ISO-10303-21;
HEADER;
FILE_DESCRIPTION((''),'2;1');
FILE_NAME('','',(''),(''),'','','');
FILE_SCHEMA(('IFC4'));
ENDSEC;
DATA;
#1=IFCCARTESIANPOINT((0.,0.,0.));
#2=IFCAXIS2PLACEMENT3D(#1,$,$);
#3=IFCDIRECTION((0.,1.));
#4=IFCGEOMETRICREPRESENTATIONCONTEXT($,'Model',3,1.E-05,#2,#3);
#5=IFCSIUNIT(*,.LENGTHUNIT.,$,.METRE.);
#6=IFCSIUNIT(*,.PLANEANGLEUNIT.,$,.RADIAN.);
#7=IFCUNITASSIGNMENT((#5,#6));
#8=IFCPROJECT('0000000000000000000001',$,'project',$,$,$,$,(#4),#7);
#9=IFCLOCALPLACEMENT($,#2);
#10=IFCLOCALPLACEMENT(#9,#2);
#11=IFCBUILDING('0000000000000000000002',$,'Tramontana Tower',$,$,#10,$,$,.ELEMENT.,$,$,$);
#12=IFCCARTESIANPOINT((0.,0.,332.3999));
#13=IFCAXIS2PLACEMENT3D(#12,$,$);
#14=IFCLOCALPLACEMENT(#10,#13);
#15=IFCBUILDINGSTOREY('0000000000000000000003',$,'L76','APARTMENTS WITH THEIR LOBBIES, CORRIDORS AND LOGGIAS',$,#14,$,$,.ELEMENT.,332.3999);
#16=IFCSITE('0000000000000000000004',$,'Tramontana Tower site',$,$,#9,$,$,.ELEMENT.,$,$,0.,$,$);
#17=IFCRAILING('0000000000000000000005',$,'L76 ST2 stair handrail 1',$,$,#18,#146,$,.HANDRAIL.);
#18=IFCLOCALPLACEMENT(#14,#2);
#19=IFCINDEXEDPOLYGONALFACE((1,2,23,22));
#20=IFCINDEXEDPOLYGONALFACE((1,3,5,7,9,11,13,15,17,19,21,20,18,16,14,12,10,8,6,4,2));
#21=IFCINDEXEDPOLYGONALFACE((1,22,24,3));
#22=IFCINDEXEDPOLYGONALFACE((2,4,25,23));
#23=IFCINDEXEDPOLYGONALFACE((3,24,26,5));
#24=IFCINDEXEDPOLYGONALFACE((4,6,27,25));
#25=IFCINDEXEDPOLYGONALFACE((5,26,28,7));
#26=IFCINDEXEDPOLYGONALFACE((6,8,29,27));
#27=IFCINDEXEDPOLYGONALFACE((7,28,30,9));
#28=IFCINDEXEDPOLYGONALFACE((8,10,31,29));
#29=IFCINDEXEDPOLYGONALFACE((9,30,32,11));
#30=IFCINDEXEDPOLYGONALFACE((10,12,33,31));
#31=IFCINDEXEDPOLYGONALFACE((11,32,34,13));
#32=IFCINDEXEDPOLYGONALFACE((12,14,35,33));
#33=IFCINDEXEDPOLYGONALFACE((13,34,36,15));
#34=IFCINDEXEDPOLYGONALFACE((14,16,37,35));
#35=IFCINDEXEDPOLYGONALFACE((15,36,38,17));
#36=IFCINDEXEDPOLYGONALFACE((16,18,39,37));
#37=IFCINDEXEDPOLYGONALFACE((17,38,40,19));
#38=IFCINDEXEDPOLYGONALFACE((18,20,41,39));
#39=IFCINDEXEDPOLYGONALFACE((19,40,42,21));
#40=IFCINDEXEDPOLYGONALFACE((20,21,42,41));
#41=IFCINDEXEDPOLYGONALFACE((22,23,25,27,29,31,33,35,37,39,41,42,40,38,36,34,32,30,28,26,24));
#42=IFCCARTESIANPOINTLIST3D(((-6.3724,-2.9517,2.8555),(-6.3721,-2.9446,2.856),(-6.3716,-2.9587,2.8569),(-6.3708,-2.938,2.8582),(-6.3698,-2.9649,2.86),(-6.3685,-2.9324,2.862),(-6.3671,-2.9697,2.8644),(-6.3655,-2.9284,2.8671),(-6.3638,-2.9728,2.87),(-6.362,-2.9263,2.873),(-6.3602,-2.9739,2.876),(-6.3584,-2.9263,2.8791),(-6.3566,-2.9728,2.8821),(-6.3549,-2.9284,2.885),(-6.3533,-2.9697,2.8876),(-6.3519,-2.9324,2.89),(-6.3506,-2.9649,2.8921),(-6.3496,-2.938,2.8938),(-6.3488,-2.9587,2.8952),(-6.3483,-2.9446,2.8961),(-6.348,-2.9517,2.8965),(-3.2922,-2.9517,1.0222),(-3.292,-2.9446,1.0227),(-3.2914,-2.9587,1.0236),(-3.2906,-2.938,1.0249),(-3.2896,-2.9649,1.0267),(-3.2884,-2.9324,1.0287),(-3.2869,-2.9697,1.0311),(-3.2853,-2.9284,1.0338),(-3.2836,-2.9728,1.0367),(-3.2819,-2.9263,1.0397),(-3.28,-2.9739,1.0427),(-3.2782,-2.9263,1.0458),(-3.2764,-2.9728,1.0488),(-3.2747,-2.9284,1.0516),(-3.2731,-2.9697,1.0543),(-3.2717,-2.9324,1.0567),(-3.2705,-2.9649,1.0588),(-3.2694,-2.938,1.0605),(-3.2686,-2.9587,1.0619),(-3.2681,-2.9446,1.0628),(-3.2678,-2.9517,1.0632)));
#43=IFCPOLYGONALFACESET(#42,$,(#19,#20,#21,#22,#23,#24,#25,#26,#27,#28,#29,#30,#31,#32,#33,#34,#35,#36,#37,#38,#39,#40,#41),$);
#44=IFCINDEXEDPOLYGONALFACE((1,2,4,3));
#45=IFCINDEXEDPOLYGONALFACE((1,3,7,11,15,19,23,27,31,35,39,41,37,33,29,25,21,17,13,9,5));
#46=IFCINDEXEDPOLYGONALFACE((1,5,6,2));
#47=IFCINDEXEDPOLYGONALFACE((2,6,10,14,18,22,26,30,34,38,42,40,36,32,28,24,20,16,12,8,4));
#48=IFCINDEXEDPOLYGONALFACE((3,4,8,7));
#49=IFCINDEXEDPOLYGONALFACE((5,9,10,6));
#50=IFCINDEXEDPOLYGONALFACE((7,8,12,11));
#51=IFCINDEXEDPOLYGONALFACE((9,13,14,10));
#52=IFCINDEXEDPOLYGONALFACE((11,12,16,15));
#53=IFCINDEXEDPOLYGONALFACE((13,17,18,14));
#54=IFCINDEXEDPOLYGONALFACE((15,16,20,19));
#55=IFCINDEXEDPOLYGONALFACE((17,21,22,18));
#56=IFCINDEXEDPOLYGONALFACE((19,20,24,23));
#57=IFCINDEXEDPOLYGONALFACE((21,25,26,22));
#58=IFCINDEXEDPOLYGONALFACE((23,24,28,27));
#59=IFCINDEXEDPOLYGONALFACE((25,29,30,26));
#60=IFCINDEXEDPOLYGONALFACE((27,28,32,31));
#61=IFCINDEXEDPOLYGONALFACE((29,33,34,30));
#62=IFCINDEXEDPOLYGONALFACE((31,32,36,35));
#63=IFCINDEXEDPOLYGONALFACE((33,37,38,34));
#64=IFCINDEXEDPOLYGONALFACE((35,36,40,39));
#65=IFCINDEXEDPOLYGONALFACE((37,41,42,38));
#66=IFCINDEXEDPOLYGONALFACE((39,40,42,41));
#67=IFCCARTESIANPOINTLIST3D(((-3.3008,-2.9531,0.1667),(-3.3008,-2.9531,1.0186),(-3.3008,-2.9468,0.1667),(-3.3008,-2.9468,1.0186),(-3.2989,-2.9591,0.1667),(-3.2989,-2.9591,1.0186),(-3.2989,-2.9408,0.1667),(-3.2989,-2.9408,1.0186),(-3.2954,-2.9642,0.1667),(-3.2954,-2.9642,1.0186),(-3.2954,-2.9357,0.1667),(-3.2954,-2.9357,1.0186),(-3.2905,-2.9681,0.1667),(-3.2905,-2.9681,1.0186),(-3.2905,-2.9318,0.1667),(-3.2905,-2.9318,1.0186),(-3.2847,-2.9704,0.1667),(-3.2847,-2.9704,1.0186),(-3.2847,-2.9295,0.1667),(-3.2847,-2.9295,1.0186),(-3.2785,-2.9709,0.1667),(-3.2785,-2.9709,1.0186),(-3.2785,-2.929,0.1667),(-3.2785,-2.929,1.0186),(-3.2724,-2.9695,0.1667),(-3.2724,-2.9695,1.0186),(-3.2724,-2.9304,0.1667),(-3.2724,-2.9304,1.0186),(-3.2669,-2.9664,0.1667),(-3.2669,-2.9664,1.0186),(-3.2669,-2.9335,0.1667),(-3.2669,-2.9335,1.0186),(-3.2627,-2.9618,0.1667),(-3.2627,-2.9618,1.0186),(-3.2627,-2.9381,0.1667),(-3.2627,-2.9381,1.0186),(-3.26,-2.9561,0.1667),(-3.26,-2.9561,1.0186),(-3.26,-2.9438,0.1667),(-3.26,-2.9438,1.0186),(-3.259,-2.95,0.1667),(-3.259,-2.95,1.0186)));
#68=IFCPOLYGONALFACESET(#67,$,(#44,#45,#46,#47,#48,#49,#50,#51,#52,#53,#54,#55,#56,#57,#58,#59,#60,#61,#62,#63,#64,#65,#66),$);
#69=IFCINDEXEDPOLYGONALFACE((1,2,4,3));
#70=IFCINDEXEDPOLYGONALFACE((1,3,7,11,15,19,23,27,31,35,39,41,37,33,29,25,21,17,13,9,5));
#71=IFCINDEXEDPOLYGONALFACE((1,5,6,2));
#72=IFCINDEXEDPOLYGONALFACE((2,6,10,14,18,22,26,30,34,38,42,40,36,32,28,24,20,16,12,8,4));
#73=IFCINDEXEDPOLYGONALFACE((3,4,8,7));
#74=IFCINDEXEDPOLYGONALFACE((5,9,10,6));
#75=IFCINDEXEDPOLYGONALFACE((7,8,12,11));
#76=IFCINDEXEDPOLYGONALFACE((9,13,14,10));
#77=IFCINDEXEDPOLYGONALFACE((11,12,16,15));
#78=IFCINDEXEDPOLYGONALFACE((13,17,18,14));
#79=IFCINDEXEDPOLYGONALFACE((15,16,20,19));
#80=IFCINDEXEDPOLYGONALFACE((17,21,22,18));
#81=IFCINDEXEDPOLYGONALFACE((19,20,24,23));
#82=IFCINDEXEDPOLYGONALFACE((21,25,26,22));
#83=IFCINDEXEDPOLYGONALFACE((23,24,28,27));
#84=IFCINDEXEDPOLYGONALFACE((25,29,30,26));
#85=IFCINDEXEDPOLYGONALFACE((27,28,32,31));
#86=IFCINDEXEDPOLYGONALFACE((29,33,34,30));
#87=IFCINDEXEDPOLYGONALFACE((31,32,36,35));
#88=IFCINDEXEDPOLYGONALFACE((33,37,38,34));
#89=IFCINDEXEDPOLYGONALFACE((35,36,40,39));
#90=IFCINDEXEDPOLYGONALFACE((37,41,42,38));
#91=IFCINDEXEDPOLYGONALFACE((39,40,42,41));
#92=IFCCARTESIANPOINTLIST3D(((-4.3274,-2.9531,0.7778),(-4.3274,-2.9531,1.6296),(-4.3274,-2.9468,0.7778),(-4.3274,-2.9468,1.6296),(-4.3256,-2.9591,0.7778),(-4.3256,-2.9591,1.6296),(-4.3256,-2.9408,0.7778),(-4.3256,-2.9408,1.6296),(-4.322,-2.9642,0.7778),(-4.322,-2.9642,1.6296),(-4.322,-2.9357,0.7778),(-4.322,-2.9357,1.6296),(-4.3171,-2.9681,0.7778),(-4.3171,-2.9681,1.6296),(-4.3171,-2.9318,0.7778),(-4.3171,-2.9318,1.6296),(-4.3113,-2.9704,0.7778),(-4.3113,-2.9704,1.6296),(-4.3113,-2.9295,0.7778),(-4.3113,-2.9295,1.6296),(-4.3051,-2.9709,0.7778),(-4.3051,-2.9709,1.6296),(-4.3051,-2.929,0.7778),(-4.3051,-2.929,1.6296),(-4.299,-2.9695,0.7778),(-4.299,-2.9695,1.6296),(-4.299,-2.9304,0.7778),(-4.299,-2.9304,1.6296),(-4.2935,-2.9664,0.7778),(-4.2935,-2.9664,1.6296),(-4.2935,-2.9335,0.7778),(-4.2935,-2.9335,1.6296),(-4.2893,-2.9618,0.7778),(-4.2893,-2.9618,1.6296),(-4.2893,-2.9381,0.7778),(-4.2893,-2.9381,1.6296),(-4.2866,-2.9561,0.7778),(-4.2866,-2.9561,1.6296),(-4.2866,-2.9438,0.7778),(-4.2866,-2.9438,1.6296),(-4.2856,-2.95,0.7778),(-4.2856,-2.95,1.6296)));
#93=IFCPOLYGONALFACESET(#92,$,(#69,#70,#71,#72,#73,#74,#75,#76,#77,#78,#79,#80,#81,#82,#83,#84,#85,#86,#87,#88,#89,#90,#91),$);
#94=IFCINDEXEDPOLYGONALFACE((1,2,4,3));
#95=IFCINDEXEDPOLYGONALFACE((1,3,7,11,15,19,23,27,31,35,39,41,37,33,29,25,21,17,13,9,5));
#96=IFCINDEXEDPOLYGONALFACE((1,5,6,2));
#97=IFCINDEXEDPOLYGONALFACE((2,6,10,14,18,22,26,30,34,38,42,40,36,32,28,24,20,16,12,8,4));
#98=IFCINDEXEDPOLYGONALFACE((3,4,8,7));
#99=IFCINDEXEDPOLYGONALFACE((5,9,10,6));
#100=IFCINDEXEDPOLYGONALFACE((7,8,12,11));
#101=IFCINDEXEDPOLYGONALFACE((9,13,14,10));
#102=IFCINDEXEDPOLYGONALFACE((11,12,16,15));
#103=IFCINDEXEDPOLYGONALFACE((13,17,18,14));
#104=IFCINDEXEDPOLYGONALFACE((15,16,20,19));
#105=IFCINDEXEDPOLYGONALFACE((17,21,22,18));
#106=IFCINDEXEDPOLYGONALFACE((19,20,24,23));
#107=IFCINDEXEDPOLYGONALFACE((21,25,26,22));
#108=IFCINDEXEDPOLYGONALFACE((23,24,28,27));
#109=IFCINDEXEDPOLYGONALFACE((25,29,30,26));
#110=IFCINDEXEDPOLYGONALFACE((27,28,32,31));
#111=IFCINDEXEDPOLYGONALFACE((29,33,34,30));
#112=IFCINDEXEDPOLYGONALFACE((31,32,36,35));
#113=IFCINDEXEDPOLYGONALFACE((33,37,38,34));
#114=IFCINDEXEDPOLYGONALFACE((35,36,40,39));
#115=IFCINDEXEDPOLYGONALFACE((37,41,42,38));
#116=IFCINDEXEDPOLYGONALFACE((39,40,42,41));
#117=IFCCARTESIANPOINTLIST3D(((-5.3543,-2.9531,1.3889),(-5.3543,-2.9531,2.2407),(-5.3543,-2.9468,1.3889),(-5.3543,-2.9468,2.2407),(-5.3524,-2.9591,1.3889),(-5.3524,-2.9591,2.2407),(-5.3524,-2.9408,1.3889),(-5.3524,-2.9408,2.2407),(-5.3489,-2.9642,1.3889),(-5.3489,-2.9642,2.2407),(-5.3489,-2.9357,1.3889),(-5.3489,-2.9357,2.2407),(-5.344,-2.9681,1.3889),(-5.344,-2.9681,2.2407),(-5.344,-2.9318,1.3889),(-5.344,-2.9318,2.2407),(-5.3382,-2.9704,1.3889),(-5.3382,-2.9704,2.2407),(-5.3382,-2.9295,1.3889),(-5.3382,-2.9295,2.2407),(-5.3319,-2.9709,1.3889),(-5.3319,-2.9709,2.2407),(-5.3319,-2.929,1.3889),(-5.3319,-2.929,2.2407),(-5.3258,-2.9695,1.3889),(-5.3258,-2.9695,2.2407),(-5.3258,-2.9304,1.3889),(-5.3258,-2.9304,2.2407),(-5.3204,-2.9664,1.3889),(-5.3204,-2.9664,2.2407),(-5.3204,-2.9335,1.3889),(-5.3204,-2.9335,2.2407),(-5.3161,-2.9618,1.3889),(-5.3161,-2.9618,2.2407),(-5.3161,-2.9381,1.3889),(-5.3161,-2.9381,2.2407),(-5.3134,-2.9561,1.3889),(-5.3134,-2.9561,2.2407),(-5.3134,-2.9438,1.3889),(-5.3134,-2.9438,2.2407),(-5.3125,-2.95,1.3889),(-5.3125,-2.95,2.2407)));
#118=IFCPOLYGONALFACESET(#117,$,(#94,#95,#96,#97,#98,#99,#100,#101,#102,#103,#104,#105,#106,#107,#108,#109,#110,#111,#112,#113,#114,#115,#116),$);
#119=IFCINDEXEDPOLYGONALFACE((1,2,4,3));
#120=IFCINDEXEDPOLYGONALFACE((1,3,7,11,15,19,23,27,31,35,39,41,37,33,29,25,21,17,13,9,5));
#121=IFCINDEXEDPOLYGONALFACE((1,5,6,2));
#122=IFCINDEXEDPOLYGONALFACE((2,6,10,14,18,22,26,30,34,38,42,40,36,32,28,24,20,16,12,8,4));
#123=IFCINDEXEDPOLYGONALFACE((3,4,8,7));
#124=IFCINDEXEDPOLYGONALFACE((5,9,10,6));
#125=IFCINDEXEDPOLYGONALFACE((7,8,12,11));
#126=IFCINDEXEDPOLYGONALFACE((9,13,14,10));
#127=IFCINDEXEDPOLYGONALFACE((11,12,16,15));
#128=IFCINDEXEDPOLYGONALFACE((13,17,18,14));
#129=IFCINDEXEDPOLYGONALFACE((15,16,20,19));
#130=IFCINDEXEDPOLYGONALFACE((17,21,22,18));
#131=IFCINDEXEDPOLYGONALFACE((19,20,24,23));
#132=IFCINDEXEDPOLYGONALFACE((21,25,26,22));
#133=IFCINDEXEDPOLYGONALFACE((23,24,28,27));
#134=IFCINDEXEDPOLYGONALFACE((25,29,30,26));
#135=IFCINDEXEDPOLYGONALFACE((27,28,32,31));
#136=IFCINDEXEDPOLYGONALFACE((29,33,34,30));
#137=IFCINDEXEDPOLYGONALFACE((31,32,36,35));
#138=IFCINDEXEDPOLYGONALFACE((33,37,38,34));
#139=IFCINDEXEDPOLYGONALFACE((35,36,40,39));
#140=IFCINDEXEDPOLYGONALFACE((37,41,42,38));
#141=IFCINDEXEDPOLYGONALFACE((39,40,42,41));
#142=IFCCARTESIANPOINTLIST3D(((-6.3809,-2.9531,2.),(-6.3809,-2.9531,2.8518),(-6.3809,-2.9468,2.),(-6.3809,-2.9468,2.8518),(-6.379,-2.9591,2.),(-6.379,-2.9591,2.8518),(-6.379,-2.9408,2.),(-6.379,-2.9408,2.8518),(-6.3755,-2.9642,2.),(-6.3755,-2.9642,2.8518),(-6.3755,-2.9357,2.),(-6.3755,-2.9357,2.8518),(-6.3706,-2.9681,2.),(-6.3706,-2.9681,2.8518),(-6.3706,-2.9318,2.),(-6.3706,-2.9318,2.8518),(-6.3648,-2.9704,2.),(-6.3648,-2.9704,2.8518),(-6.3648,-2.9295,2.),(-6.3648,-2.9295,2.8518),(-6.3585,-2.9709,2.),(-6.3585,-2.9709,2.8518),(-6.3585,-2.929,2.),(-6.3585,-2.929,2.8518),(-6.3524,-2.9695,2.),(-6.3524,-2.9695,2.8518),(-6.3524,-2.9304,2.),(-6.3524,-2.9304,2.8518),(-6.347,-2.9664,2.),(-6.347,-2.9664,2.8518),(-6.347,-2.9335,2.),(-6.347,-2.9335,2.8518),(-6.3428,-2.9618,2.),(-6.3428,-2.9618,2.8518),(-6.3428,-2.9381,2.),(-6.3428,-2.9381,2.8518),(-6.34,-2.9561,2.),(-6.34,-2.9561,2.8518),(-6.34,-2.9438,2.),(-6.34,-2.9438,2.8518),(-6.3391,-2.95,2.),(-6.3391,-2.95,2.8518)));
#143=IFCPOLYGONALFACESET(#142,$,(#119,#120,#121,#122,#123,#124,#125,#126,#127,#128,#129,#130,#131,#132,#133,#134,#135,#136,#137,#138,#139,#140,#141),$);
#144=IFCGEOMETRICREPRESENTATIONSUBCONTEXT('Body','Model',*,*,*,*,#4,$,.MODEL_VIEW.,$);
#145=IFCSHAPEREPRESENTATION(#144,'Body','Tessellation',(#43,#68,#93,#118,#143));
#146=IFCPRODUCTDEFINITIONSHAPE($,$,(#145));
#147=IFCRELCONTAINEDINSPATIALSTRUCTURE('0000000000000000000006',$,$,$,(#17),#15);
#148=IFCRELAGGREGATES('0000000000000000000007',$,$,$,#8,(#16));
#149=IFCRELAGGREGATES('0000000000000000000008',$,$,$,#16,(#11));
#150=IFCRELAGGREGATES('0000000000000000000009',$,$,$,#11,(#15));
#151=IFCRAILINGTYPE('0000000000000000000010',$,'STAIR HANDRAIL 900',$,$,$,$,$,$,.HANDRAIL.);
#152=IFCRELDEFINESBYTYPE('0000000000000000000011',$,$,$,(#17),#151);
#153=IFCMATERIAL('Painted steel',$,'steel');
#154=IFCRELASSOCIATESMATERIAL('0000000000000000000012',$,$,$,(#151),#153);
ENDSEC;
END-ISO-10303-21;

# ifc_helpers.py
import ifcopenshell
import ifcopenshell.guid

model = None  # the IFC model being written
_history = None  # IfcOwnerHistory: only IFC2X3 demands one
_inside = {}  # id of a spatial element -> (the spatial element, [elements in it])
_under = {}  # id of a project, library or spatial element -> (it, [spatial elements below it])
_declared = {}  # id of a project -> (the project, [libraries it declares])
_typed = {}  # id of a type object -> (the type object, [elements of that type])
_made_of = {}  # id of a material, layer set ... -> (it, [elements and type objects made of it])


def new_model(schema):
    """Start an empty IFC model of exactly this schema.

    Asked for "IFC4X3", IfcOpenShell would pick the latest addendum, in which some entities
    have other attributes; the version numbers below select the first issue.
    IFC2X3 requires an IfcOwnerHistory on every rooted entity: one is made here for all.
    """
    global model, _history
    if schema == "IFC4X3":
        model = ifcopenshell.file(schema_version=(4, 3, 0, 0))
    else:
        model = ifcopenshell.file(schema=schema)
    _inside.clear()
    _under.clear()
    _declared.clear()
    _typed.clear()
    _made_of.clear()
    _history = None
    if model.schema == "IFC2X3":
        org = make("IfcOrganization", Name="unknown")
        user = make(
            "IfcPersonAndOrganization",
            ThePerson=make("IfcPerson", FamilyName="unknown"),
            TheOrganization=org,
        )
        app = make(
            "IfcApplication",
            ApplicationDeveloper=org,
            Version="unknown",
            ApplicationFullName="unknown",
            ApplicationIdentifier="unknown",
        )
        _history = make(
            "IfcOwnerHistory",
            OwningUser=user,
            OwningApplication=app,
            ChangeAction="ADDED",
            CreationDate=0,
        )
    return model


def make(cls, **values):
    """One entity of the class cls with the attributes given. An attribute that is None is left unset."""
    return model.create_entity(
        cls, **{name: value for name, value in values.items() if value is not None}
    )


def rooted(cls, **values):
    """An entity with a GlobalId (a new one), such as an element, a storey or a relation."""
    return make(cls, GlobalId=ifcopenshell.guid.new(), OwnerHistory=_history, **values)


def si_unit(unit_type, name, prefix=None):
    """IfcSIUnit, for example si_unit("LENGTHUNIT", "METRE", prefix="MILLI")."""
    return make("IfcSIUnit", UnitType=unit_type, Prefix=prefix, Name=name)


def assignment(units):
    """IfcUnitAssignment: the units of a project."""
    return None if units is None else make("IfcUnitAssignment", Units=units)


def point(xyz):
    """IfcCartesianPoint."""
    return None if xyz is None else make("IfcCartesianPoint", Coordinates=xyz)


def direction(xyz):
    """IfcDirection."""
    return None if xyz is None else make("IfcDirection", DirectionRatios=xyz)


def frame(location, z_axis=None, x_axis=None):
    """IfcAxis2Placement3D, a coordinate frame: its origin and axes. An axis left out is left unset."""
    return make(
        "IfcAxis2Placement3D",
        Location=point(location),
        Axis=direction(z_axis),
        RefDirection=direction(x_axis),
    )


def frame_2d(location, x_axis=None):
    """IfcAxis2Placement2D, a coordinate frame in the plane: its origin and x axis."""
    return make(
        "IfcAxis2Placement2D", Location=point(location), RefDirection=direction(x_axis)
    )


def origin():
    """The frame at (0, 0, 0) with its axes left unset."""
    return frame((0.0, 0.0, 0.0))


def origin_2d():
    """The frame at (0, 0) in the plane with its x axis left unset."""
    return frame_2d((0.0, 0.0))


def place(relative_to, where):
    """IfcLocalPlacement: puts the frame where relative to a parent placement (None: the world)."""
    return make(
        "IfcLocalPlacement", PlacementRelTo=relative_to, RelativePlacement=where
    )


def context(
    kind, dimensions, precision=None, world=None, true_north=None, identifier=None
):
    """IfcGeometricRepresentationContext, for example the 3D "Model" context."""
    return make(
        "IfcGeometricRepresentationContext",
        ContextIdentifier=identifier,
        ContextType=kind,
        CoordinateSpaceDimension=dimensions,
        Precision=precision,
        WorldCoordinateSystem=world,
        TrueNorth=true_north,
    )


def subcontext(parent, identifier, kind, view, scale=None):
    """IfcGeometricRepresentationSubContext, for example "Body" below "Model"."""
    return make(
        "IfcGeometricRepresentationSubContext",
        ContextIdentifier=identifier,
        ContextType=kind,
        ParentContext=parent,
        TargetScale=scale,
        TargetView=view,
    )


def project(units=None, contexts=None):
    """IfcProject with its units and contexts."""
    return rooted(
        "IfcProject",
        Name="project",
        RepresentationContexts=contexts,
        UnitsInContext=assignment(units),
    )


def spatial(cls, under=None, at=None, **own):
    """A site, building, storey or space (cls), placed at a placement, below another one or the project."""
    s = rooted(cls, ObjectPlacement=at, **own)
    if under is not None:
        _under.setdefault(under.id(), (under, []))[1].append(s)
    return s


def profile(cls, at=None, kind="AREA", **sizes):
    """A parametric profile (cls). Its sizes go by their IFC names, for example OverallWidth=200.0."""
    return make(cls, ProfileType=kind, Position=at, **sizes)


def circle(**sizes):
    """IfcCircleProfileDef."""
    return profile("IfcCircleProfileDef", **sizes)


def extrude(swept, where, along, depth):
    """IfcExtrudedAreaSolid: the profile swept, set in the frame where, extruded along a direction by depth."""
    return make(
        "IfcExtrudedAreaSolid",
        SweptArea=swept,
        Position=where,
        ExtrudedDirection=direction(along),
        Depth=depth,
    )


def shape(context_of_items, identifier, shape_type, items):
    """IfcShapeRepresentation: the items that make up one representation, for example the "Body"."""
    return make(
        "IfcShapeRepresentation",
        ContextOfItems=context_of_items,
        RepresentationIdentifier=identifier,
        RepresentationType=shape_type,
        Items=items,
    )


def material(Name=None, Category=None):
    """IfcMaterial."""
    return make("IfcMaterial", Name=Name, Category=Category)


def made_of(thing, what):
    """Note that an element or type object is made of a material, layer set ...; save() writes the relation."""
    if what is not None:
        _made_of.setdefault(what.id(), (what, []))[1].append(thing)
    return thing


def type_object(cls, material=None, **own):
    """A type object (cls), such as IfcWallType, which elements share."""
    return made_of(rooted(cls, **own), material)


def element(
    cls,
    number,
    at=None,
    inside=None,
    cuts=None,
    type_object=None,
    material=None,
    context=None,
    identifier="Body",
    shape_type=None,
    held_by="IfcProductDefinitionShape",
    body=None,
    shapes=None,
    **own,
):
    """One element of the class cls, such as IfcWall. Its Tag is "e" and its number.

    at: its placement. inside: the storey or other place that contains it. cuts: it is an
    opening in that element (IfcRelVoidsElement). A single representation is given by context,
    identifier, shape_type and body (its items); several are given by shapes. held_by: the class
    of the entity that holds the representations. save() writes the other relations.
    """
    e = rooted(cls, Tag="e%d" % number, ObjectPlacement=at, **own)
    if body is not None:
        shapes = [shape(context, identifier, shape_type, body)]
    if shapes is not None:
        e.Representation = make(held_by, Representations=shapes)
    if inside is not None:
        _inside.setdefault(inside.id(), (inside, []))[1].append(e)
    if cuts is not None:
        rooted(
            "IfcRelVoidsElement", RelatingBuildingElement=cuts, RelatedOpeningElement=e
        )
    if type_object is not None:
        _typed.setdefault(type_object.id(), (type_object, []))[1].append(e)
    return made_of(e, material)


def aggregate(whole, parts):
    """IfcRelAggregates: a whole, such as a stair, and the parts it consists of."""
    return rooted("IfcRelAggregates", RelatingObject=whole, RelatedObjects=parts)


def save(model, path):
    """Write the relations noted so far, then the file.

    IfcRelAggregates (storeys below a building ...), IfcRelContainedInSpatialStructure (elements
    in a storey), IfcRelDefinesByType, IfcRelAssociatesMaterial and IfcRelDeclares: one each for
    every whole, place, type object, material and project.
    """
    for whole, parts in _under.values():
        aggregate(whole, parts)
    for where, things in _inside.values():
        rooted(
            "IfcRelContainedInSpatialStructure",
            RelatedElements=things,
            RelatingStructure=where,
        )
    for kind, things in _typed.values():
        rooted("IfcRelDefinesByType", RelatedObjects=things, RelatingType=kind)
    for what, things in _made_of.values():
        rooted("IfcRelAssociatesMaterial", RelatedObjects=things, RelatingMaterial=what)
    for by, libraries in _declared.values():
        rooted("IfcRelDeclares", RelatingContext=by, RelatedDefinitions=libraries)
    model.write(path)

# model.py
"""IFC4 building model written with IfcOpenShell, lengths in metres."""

from ifc_helpers import new_model, si_unit, direction, frame, origin, origin_2d, place, context, subcontext, project, spatial, circle, extrude, material, type_object, element, save


model = new_model("IFC4")

# Units and contexts
model_context = context("Model", 3, precision=1e-05, world=origin(), true_north=direction((0.0, 1.0)))
body_context = subcontext(model_context, "Body", "Model", "MODEL_VIEW")
ifc_project = project(units=[si_unit("LENGTHUNIT", "METRE"), si_unit("PLANEANGLEUNIT", "RADIAN")], contexts=[model_context])

# Site, building, storey
site_placement = place(None, origin())
site = spatial("IfcSite", under=ifc_project, at=site_placement, Name="Tramontana Tower site", CompositionType="ELEMENT", RefElevation=0.0)
building_placement = place(site_placement, origin())
building = spatial("IfcBuilding", under=site, at=building_placement, Name="Tramontana Tower", CompositionType="ELEMENT")
storey_placement = place(building_placement, frame((0.0, 0.0, 332.3999)))
storey = spatial("IfcBuildingStorey", under=building, at=storey_placement, Name="L76", Description="APARTMENTS WITH THEIR LOBBIES, CORRIDORS AND LOGGIAS", CompositionType="ELEMENT", Elevation=332.3999)

# Railing
ifc_material_1 = material(Name="Painted steel", Category="steel")
railing_type_1 = type_object("IfcRailingType", Name="STAIR HANDRAIL 900", PredefinedType="HANDRAIL", material=ifc_material_1)
railing_1_placement = place(storey_placement, frame((-3.28, -2.95, 0.1667)))
element("IfcRailing", 1, at=railing_1_placement, inside=storey, type_object=railing_type_1, Name="L76 ST2 stair handrail 1", PredefinedType="HANDRAIL", context=body_context, shape_type="SweptSolid", body=[
    extrude(circle(Radius=0.0239, at=origin_2d()), frame((0.0, 0.0, 0.876), z_axis=(-0.859309, 0.0, 0.511458), x_axis=(0.0, -1.0, 0.0)), (0.0, 0.0, 1.0), 3.5845),
    extrude(circle(Radius=0.021, at=origin_2d()), origin(), (0.0, 0.0, 1.0), 0.8518),
    extrude(circle(Radius=0.021, at=origin_2d()), frame((-1.0266, 0.0, 0.6111)), (0.0, 0.0, 1.0), 0.8518),
    extrude(circle(Radius=0.021, at=origin_2d()), frame((-2.0535, 0.0, 1.2222)), (0.0, 0.0, 1.0), 0.8518),
    extrude(circle(Radius=0.021, at=origin_2d()), frame((-3.0801, 0.0, 1.8333)), (0.0, 0.0, 1.0), 0.8518),
])

save(model, "model.ifc")
